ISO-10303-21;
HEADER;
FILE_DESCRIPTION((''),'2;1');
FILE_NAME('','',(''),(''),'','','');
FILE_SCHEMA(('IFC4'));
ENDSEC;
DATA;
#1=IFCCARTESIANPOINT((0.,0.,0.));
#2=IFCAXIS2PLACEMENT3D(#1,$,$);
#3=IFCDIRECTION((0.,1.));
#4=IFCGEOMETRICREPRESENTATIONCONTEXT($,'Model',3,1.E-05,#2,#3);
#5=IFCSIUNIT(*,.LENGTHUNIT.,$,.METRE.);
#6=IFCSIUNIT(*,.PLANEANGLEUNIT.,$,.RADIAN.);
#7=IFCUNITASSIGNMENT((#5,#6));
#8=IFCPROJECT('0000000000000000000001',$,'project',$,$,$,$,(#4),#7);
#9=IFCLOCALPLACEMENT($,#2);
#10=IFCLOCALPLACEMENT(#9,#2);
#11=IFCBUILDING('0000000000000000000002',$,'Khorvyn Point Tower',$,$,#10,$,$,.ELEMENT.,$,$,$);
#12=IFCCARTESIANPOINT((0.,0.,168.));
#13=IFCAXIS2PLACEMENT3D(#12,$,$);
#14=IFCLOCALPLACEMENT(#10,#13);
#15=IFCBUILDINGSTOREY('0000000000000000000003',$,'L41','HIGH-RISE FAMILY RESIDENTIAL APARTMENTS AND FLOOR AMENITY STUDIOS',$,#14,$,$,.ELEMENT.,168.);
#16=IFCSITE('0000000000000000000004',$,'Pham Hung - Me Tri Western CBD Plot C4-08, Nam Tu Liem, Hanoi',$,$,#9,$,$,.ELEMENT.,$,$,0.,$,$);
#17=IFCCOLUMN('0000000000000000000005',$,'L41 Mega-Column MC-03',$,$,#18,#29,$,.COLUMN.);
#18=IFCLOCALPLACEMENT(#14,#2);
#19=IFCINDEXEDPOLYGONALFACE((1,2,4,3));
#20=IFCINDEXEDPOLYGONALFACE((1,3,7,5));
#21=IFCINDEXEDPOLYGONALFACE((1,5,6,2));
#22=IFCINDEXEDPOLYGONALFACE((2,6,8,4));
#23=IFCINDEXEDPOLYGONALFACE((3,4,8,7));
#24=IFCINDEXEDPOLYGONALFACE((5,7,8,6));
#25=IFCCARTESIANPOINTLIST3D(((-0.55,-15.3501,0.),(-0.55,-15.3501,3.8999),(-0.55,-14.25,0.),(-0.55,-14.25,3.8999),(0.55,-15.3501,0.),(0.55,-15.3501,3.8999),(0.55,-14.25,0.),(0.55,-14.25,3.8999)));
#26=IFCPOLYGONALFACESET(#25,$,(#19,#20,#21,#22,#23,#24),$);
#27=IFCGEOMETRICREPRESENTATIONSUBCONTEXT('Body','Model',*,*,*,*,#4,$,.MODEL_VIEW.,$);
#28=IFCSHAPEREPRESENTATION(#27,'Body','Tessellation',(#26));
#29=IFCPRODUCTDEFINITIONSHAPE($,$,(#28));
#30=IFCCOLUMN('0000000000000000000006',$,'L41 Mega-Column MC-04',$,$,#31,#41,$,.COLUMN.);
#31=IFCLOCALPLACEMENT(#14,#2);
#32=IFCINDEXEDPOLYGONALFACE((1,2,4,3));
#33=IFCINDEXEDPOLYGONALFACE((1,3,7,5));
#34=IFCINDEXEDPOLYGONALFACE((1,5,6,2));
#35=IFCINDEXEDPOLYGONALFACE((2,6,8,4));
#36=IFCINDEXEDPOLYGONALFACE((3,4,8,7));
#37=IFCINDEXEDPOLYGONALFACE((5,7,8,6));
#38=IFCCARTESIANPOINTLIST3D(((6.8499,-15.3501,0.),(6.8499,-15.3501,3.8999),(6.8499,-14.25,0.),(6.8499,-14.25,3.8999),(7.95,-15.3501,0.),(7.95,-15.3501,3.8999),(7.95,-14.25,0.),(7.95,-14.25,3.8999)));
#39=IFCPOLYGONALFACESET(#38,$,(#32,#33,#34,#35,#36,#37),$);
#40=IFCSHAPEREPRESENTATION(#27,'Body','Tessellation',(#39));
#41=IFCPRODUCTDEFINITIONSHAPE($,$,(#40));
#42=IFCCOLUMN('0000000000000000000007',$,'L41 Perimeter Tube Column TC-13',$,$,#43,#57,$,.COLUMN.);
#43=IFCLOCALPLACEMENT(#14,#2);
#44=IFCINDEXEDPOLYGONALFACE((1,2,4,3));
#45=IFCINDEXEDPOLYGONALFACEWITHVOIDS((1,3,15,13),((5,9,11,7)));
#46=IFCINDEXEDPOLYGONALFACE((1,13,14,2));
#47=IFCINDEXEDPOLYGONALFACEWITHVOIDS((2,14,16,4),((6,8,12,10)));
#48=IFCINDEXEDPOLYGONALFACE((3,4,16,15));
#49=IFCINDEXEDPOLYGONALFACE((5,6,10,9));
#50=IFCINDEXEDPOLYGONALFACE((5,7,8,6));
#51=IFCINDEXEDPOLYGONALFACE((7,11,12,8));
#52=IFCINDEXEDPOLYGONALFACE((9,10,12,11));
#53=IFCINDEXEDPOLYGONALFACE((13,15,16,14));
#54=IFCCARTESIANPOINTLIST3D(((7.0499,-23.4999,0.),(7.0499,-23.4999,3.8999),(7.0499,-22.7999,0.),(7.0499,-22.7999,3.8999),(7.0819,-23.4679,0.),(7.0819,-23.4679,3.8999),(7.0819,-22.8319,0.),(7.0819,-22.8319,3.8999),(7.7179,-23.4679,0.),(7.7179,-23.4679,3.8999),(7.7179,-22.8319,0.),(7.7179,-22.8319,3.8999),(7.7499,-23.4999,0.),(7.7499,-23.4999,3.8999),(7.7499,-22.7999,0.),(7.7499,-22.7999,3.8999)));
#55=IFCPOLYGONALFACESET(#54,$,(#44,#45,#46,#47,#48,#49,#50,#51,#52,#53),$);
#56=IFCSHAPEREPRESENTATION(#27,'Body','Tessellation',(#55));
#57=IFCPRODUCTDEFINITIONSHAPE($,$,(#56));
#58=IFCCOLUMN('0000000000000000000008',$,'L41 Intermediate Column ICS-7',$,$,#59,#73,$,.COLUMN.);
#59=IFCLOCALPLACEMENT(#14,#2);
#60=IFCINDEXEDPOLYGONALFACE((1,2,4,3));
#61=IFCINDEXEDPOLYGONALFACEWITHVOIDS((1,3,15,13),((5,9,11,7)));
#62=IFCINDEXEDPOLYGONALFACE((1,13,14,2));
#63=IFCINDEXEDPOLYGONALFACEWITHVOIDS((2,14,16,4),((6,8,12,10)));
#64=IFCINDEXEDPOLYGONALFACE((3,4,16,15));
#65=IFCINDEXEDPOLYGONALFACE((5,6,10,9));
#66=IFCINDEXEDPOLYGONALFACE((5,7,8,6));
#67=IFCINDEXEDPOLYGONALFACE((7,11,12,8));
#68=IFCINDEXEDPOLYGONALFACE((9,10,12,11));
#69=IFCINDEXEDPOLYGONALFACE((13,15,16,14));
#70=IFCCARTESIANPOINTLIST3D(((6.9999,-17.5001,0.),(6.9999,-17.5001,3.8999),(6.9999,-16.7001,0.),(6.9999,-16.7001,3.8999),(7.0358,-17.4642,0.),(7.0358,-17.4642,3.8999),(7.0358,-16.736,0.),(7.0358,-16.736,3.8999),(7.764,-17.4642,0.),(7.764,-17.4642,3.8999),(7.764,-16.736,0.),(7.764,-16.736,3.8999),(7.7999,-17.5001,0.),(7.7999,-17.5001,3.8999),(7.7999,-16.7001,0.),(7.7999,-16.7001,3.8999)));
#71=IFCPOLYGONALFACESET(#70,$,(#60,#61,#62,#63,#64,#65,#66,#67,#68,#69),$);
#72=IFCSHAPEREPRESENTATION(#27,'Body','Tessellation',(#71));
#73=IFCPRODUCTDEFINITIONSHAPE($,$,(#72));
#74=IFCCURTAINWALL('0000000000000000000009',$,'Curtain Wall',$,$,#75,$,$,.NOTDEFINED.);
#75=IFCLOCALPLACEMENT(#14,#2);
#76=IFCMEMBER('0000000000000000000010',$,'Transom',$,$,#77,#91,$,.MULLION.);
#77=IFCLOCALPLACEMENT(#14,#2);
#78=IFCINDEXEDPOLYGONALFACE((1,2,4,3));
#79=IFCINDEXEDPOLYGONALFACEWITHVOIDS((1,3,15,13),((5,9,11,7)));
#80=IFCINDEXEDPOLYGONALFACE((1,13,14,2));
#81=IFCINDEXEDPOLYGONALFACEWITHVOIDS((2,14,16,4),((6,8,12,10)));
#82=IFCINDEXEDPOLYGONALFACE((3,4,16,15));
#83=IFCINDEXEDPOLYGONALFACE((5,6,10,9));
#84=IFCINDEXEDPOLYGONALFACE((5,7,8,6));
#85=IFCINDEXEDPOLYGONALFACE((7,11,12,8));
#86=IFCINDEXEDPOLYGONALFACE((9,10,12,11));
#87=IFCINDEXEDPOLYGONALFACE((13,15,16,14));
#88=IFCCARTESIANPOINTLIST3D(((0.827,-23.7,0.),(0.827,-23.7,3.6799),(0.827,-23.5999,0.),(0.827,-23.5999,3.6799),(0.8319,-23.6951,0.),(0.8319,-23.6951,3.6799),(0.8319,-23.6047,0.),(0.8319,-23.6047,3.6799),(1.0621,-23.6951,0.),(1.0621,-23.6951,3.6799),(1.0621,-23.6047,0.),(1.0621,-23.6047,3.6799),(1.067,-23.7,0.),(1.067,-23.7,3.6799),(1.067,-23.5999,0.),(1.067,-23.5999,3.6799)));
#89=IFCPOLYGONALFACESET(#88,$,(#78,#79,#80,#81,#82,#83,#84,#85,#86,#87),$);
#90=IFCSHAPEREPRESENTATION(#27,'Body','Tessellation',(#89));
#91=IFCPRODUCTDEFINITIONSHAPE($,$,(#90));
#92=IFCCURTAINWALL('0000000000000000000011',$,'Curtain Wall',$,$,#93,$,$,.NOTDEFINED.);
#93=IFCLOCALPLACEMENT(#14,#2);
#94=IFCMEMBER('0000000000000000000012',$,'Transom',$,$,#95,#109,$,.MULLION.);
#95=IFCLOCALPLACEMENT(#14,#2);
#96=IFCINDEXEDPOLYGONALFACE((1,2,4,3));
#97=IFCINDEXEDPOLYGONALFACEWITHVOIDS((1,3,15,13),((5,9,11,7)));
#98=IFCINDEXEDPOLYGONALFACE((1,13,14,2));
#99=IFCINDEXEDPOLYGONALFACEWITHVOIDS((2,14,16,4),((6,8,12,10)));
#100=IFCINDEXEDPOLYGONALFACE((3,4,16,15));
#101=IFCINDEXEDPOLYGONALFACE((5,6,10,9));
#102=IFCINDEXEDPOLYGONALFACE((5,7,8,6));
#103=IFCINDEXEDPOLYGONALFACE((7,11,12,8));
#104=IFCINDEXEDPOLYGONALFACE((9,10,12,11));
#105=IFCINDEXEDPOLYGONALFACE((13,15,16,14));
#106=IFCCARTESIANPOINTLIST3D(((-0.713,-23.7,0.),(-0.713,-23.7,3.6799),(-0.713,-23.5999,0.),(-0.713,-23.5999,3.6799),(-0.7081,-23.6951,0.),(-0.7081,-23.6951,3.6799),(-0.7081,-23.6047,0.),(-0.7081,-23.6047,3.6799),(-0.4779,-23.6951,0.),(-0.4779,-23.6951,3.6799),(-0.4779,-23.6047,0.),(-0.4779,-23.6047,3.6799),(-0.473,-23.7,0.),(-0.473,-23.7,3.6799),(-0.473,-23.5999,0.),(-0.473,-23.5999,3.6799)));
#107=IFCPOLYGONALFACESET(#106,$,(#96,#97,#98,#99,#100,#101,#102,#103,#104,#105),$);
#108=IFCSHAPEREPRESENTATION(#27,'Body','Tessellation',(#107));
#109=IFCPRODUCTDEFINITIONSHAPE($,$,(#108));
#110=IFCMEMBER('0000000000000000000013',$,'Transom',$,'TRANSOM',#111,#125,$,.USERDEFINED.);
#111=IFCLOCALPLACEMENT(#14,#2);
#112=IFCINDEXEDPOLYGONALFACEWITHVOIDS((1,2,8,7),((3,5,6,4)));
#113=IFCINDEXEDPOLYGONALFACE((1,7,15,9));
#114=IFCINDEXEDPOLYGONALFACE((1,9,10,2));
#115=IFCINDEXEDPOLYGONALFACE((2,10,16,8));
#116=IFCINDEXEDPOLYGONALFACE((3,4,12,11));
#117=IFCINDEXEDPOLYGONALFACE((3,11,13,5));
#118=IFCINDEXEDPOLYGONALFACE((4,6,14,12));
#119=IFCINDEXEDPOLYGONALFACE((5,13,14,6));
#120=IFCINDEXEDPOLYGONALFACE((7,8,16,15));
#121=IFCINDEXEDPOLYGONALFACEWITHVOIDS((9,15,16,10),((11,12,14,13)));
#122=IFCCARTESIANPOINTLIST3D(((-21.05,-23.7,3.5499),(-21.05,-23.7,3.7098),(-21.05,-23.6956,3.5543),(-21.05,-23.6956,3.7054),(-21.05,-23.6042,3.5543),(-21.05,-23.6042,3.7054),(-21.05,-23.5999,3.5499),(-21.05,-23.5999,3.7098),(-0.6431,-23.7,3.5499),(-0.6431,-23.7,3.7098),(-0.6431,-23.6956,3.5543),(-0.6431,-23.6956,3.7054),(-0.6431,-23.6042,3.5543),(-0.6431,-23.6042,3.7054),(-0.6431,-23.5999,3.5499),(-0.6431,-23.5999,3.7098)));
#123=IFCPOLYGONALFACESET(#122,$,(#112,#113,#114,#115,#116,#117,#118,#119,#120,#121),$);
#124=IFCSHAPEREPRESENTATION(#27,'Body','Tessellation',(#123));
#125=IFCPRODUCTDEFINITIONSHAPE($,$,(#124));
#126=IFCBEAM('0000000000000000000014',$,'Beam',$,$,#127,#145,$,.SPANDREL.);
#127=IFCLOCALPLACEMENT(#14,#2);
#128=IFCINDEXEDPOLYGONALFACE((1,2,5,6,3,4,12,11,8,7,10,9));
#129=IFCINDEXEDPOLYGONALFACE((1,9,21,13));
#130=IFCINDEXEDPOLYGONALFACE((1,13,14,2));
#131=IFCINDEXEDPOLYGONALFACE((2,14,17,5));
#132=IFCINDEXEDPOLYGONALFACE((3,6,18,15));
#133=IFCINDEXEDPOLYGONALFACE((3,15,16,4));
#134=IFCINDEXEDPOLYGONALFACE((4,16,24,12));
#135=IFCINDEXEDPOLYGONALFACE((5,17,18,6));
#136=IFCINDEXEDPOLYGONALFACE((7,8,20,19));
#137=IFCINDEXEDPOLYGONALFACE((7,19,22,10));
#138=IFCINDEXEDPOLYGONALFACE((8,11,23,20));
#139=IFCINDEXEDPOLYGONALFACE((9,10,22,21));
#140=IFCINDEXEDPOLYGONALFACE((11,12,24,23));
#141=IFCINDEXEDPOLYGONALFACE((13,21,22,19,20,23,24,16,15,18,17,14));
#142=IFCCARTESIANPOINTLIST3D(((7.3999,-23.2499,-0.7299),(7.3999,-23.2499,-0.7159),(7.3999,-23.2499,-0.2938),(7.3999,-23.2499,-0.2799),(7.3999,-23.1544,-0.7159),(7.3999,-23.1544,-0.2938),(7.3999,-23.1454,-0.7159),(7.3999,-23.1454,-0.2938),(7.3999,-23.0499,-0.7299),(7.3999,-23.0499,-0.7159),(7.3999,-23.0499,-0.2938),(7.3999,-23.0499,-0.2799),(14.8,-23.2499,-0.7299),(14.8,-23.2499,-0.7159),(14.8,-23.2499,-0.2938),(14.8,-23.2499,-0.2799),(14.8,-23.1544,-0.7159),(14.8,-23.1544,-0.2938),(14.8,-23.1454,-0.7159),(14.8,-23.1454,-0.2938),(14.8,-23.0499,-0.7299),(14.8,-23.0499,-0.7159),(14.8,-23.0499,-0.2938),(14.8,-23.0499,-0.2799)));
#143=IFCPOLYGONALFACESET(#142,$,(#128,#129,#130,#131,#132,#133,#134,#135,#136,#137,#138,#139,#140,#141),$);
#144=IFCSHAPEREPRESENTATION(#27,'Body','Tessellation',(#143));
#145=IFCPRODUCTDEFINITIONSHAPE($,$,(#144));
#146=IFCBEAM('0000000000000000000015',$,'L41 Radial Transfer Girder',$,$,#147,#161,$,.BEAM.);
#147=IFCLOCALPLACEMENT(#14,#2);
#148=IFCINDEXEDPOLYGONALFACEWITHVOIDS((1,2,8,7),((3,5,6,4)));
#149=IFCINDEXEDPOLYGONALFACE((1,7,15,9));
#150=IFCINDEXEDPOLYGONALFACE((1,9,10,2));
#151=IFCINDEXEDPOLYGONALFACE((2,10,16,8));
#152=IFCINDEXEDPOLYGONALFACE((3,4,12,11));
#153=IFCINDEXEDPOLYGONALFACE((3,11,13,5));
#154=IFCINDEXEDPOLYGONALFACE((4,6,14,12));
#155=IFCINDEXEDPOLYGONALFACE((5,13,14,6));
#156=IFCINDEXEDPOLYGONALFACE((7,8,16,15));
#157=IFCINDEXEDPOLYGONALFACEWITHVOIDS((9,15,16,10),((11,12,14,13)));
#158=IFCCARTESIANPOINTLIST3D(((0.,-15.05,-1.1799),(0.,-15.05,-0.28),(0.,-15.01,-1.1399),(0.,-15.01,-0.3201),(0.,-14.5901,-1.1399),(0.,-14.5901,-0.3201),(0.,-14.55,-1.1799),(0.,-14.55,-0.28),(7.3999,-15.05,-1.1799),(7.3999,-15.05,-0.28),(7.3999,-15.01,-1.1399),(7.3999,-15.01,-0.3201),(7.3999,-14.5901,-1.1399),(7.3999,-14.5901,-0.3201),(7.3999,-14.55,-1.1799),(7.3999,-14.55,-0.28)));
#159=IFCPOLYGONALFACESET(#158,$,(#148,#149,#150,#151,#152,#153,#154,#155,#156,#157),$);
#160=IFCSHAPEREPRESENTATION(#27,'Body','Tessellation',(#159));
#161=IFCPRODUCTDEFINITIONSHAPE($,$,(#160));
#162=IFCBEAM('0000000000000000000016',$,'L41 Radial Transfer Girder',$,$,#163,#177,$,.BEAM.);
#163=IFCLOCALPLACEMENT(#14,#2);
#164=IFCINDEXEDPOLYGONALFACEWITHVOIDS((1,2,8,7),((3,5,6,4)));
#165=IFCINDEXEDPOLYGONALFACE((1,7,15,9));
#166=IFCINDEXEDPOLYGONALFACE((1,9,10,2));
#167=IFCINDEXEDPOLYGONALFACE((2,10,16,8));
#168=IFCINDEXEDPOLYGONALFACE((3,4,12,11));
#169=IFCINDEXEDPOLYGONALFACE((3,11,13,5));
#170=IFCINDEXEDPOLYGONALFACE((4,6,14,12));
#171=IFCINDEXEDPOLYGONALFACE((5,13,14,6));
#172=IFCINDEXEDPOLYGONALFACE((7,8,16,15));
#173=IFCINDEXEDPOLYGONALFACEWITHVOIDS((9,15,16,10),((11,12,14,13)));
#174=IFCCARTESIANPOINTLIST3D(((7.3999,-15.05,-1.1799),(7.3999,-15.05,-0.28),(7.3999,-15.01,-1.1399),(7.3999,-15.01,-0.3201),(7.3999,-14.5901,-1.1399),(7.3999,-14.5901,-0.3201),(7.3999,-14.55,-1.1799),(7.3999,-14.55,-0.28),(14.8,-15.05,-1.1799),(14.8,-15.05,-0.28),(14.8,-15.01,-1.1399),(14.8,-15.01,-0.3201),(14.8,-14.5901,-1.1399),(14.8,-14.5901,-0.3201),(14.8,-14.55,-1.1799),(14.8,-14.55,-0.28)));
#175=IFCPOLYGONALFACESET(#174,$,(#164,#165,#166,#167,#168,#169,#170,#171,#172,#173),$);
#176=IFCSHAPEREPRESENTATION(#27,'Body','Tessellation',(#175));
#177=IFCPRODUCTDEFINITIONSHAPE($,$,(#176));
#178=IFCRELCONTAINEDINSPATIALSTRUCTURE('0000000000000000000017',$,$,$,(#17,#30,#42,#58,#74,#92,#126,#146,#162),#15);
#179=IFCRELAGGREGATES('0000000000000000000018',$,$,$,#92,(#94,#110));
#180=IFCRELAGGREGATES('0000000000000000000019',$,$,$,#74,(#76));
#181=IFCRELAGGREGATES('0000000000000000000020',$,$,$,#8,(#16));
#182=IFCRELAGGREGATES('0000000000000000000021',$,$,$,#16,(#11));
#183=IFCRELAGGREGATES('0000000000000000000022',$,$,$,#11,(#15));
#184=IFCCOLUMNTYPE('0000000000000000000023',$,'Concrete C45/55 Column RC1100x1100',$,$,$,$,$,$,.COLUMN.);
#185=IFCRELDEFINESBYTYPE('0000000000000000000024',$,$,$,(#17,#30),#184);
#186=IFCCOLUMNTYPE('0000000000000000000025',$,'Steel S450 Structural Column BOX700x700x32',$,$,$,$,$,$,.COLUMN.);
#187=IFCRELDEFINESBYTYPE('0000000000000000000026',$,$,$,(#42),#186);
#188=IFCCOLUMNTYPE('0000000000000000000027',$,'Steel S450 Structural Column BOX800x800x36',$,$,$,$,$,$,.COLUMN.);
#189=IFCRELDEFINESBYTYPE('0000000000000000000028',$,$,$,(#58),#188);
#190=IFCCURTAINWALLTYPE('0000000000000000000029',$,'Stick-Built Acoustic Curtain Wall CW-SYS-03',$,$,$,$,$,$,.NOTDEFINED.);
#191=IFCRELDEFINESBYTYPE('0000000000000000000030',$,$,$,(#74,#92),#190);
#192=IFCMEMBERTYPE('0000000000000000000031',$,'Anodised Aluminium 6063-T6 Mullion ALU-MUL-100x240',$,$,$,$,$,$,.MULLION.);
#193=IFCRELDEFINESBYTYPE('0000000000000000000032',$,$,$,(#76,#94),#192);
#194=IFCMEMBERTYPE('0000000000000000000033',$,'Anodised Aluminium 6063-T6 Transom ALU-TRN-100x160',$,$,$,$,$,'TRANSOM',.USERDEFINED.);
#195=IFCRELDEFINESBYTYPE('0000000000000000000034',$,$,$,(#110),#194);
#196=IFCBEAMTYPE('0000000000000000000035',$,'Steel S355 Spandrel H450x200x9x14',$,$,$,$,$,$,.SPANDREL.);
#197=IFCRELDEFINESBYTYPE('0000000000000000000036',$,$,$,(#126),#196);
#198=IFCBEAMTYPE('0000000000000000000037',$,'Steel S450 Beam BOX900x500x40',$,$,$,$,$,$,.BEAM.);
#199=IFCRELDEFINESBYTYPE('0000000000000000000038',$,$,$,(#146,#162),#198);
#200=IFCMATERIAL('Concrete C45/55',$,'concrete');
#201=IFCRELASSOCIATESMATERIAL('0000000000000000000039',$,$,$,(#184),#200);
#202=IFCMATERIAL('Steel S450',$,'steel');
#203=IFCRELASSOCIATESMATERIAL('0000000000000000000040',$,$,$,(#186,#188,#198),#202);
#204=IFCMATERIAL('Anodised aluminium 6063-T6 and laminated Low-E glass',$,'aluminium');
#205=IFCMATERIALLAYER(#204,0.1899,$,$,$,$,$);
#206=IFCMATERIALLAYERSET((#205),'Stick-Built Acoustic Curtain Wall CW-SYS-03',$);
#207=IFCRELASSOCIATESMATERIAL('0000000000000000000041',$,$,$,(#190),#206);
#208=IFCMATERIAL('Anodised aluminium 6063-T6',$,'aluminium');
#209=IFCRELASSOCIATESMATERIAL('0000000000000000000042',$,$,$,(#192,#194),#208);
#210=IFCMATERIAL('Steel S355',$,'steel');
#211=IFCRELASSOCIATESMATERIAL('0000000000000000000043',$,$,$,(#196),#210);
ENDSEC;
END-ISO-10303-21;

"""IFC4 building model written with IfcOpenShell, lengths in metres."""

from ifc_helpers import new_model, si_unit, direction, frame, origin, origin_2d, place, context, subcontext, project, spatial, rectangle, hollow_rectangle, i_section, extrude, material, layer, layer_set, material_profile, profile_set, type_object, element, aggregate, save


model = new_model("IFC4")

# Units and contexts
model_context = context("Model", 3, precision=1e-05, world=origin(), true_north=direction((0.0, 1.0)))
body_context = subcontext(model_context, "Body", "Model", "MODEL_VIEW")
ifc_project = project(units=[si_unit("LENGTHUNIT", "METRE"), si_unit("PLANEANGLEUNIT", "RADIAN")], contexts=[model_context])

# Site, building, storey
site_placement = place(None, origin())
site = spatial("IfcSite", under=ifc_project, at=site_placement, Name="Pham Hung - Me Tri Western CBD Plot C4-08, Nam Tu Liem, Hanoi", CompositionType="ELEMENT", RefElevation=0.0)
building_placement = place(site_placement, origin())
building = spatial("IfcBuilding", under=site, at=building_placement, Name="Khorvyn Point Tower", CompositionType="ELEMENT")
storey_placement = place(building_placement, frame((0.0, 0.0, 168.0)))
storey = spatial("IfcBuildingStorey", under=building, at=storey_placement, Name="L41", Description="HIGH-RISE FAMILY RESIDENTIAL APARTMENTS AND FLOOR AMENITY STUDIOS", CompositionType="ELEMENT", Elevation=168.0)

# Columns
ifc_material_1 = material(Name="Concrete C45/55", Category="concrete")
ifc_material_profile_1 = material_profile(ifc_material_1, rectangle(XDim=1.1001, YDim=1.1001, at=origin_2d()))
ifc_profile_set_1 = profile_set([ifc_material_profile_1], Name="Concrete C45/55 RC1100x1100")
column_type_1 = type_object("IfcColumnType", Name="Concrete C45/55 Column RC1100x1100", PredefinedType="COLUMN", material=ifc_profile_set_1)
for number, where, z_axis, x_axis, name in (
    (1, (0.0, -14.8, 0.0), (0.0, 0.0, 1.0), (1.0, 0.0, 0.0), "L41 Mega-Column MC-03"),
    (2, (7.3999, -14.8, 0.0), (0.0, 0.0, 1.0), (1.0, 0.0, 0.0), "L41 Mega-Column MC-04"),
):
    element("IfcColumn", number, at=place(storey_placement, frame(where, z_axis=z_axis, x_axis=x_axis)), inside=storey, type_object=column_type_1, Name=name, PredefinedType="COLUMN", context=body_context, shape_type="SweptSolid", body=[
        extrude(rectangle(XDim=1.1001, YDim=1.1001, at=origin_2d()), origin(), (0.0, 0.0, 1.0), 3.8999),
    ])
ifc_material_2 = material(Name="Steel S450", Category="steel")
ifc_material_profile_2 = material_profile(ifc_material_2, hollow_rectangle(XDim=0.7, YDim=0.7, WallThickness=0.032, at=origin_2d()))
ifc_profile_set_2 = profile_set([ifc_material_profile_2], Name="Steel S450 BOX700x700x32")
column_type_2 = type_object("IfcColumnType", Name="Steel S450 Structural Column BOX700x700x32", PredefinedType="COLUMN", material=ifc_profile_set_2)
column_1_placement = place(storey_placement, frame((7.3999, -23.1499, 0.0), z_axis=(0.0, 0.0, 1.0), x_axis=(1.0, 0.0, 0.0)))
element("IfcColumn", 3, at=column_1_placement, inside=storey, type_object=column_type_2, Name="L41 Perimeter Tube Column TC-13", PredefinedType="COLUMN", context=body_context, shape_type="SweptSolid", body=[
    extrude(hollow_rectangle(XDim=0.7, YDim=0.7, WallThickness=0.032, at=origin_2d()), origin(), (0.0, 0.0, 1.0), 3.8999),
])
ifc_material_profile_3 = material_profile(ifc_material_2, hollow_rectangle(XDim=0.8, YDim=0.8, WallThickness=0.0359, at=origin_2d()))
ifc_profile_set_3 = profile_set([ifc_material_profile_3], Name="Steel S450 BOX800x800x36")
column_type_3 = type_object("IfcColumnType", Name="Steel S450 Structural Column BOX800x800x36", PredefinedType="COLUMN", material=ifc_profile_set_3)
column_2_placement = place(storey_placement, frame((7.3999, -17.1001, 0.0), z_axis=(0.0, 0.0, 1.0), x_axis=(1.0, 0.0, 0.0)))
element("IfcColumn", 4, at=column_2_placement, inside=storey, type_object=column_type_3, Name="L41 Intermediate Column ICS-7", PredefinedType="COLUMN", context=body_context, shape_type="SweptSolid", body=[
    extrude(hollow_rectangle(XDim=0.8, YDim=0.8, WallThickness=0.0359, at=origin_2d()), origin(), (0.0, 0.0, 1.0), 3.8999),
])

# Curtain wall, member
ifc_material_3 = material(Name="Anodised aluminium 6063-T6 and laminated Low-E glass", Category="aluminium")
ifc_layer_1 = layer(ifc_material_3, 0.1899)
ifc_layer_set_1 = layer_set([ifc_layer_1], Name="Stick-Built Acoustic Curtain Wall CW-SYS-03")
curtain_wall_type = type_object("IfcCurtainWallType", Name="Stick-Built Acoustic Curtain Wall CW-SYS-03", PredefinedType="NOTDEFINED", material=ifc_layer_set_1)
curtain_wall_1_placement = place(storey_placement, origin())
curtain_wall_1 = element("IfcCurtainWall", 5, at=curtain_wall_1_placement, inside=storey, type_object=curtain_wall_type, Name="Curtain Wall", PredefinedType="NOTDEFINED")
ifc_material_4 = material(Name="Anodised aluminium 6063-T6", Category="aluminium")
ifc_material_profile_4 = material_profile(ifc_material_4, hollow_rectangle(XDim=0.1001, YDim=0.24, WallThickness=0.0049, at=origin_2d()))
ifc_profile_set_4 = profile_set([ifc_material_profile_4], Name="Anodised aluminium 6063-T6 ALU-MUL-100x240")
member_type_1 = type_object("IfcMemberType", Name="Anodised Aluminium 6063-T6 Mullion ALU-MUL-100x240", PredefinedType="MULLION", material=ifc_profile_set_4)
member_1_placement = place(storey_placement, frame((0.947, -23.6499, 0.0), z_axis=(0.0, 0.0, 1.0), x_axis=(0.0, -1.0, 0.0)))
member_1 = element("IfcMember", 6, at=member_1_placement, type_object=member_type_1, Name="Transom", PredefinedType="MULLION", context=body_context, shape_type="SweptSolid", body=[
    extrude(hollow_rectangle(XDim=0.1001, YDim=0.24, WallThickness=0.0049, at=origin_2d()), origin(), (0.0, 0.0, 1.0), 3.6799),
])

# Curtain wall, members
curtain_wall_2_placement = place(storey_placement, origin())
curtain_wall_2 = element("IfcCurtainWall", 7, at=curtain_wall_2_placement, inside=storey, type_object=curtain_wall_type, Name="Curtain Wall", PredefinedType="NOTDEFINED")
member_2_placement = place(storey_placement, frame((-0.593, -23.6499, 0.0), z_axis=(0.0, 0.0, 1.0), x_axis=(0.0, -1.0, 0.0)))
member_2 = element("IfcMember", 8, at=member_2_placement, type_object=member_type_1, Name="Transom", PredefinedType="MULLION", context=body_context, shape_type="SweptSolid", body=[
    extrude(hollow_rectangle(XDim=0.1001, YDim=0.24, WallThickness=0.0049, at=origin_2d()), origin(), (0.0, 0.0, 1.0), 3.6799),
])
ifc_material_profile_5 = material_profile(ifc_material_4, hollow_rectangle(XDim=0.1001, YDim=0.1599, WallThickness=0.0044, at=origin_2d()))
ifc_profile_set_5 = profile_set([ifc_material_profile_5], Name="Anodised aluminium 6063-T6 ALU-TRN-100x160")
member_type_2 = type_object("IfcMemberType", Name="Anodised Aluminium 6063-T6 Transom ALU-TRN-100x160", ElementType="TRANSOM", PredefinedType="USERDEFINED", material=ifc_profile_set_5)
member_3_placement = place(storey_placement, frame((-0.6431, -23.6499, 3.6299), z_axis=(-1.0, 0.0, 0.0), x_axis=(0.0, -1.0, 0.0)))
member_3 = element("IfcMember", 9, at=member_3_placement, type_object=member_type_2, Name="Transom", ObjectType="TRANSOM", PredefinedType="USERDEFINED", context=body_context, shape_type="SweptSolid", body=[
    extrude(hollow_rectangle(XDim=0.1001, YDim=0.1599, WallThickness=0.0044, at=origin_2d()), origin(), (0.0, 0.0, 1.0), 20.407),
])
aggregate(curtain_wall_2, [member_2, member_3])

# Beams
ifc_material_5 = material(Name="Steel S355", Category="steel")
ifc_material_profile_6 = material_profile(ifc_material_5, i_section(OverallWidth=0.2, OverallDepth=0.45, WebThickness=0.009, FlangeThickness=0.0139, at=origin_2d()))
ifc_profile_set_6 = profile_set([ifc_material_profile_6], Name="Steel S355 H450x200x9x14")
beam_type_1 = type_object("IfcBeamType", Name="Steel S355 Spandrel H450x200x9x14", PredefinedType="SPANDREL", material=ifc_profile_set_6)
beam_1_placement = place(storey_placement, frame((7.3999, -23.1499, -0.5049), z_axis=(1.0, 0.0, 0.0), x_axis=(0.0, 1.0, 0.0)))
element("IfcBeam", 10, at=beam_1_placement, inside=storey, type_object=beam_type_1, Name="Beam", PredefinedType="SPANDREL", context=body_context, shape_type="SweptSolid", body=[
    extrude(i_section(OverallWidth=0.2, OverallDepth=0.45, WebThickness=0.009, FlangeThickness=0.0139, at=origin_2d()), origin(), (0.0, 0.0, 1.0), 7.4001),
])
ifc_material_profile_7 = material_profile(ifc_material_2, hollow_rectangle(XDim=0.5, YDim=0.8999, WallThickness=0.04, at=origin_2d()))
ifc_profile_set_7 = profile_set([ifc_material_profile_7], Name="Steel S450 BOX900x500x40")
beam_type_2 = type_object("IfcBeamType", Name="Steel S450 Beam BOX900x500x40", PredefinedType="BEAM", material=ifc_profile_set_7)
beam_2_placement = place(storey_placement, frame((0.0, -14.8, -0.73), z_axis=(1.0, 0.0, 0.0), x_axis=(0.0, 1.0, 0.0)))
element("IfcBeam", 11, at=beam_2_placement, inside=storey, type_object=beam_type_2, Name="L41 Radial Transfer Girder", PredefinedType="BEAM", context=body_context, shape_type="SweptSolid", body=[
    extrude(hollow_rectangle(XDim=0.5, YDim=0.8999, WallThickness=0.04, at=origin_2d()), origin(), (0.0, 0.0, 1.0), 7.3999),
])
for number, where, z_axis, x_axis, name in (
    (12, (7.3999, -14.8, -0.73), (1.0, 0.0, 0.0), (0.0, 1.0, 0.0), "L41 Radial Transfer Girder"),
):
    element("IfcBeam", number, at=place(storey_placement, frame(where, z_axis=z_axis, x_axis=x_axis)), inside=storey, type_object=beam_type_2, Name=name, PredefinedType="BEAM", context=body_context, shape_type="SweptSolid", body=[
        extrude(hollow_rectangle(XDim=0.5, YDim=0.8999, WallThickness=0.04, at=origin_2d()), origin(), (0.0, 0.0, 1.0), 7.4001),
    ])

aggregate(curtain_wall_1, [member_1])

save(model, "model.ifc")
